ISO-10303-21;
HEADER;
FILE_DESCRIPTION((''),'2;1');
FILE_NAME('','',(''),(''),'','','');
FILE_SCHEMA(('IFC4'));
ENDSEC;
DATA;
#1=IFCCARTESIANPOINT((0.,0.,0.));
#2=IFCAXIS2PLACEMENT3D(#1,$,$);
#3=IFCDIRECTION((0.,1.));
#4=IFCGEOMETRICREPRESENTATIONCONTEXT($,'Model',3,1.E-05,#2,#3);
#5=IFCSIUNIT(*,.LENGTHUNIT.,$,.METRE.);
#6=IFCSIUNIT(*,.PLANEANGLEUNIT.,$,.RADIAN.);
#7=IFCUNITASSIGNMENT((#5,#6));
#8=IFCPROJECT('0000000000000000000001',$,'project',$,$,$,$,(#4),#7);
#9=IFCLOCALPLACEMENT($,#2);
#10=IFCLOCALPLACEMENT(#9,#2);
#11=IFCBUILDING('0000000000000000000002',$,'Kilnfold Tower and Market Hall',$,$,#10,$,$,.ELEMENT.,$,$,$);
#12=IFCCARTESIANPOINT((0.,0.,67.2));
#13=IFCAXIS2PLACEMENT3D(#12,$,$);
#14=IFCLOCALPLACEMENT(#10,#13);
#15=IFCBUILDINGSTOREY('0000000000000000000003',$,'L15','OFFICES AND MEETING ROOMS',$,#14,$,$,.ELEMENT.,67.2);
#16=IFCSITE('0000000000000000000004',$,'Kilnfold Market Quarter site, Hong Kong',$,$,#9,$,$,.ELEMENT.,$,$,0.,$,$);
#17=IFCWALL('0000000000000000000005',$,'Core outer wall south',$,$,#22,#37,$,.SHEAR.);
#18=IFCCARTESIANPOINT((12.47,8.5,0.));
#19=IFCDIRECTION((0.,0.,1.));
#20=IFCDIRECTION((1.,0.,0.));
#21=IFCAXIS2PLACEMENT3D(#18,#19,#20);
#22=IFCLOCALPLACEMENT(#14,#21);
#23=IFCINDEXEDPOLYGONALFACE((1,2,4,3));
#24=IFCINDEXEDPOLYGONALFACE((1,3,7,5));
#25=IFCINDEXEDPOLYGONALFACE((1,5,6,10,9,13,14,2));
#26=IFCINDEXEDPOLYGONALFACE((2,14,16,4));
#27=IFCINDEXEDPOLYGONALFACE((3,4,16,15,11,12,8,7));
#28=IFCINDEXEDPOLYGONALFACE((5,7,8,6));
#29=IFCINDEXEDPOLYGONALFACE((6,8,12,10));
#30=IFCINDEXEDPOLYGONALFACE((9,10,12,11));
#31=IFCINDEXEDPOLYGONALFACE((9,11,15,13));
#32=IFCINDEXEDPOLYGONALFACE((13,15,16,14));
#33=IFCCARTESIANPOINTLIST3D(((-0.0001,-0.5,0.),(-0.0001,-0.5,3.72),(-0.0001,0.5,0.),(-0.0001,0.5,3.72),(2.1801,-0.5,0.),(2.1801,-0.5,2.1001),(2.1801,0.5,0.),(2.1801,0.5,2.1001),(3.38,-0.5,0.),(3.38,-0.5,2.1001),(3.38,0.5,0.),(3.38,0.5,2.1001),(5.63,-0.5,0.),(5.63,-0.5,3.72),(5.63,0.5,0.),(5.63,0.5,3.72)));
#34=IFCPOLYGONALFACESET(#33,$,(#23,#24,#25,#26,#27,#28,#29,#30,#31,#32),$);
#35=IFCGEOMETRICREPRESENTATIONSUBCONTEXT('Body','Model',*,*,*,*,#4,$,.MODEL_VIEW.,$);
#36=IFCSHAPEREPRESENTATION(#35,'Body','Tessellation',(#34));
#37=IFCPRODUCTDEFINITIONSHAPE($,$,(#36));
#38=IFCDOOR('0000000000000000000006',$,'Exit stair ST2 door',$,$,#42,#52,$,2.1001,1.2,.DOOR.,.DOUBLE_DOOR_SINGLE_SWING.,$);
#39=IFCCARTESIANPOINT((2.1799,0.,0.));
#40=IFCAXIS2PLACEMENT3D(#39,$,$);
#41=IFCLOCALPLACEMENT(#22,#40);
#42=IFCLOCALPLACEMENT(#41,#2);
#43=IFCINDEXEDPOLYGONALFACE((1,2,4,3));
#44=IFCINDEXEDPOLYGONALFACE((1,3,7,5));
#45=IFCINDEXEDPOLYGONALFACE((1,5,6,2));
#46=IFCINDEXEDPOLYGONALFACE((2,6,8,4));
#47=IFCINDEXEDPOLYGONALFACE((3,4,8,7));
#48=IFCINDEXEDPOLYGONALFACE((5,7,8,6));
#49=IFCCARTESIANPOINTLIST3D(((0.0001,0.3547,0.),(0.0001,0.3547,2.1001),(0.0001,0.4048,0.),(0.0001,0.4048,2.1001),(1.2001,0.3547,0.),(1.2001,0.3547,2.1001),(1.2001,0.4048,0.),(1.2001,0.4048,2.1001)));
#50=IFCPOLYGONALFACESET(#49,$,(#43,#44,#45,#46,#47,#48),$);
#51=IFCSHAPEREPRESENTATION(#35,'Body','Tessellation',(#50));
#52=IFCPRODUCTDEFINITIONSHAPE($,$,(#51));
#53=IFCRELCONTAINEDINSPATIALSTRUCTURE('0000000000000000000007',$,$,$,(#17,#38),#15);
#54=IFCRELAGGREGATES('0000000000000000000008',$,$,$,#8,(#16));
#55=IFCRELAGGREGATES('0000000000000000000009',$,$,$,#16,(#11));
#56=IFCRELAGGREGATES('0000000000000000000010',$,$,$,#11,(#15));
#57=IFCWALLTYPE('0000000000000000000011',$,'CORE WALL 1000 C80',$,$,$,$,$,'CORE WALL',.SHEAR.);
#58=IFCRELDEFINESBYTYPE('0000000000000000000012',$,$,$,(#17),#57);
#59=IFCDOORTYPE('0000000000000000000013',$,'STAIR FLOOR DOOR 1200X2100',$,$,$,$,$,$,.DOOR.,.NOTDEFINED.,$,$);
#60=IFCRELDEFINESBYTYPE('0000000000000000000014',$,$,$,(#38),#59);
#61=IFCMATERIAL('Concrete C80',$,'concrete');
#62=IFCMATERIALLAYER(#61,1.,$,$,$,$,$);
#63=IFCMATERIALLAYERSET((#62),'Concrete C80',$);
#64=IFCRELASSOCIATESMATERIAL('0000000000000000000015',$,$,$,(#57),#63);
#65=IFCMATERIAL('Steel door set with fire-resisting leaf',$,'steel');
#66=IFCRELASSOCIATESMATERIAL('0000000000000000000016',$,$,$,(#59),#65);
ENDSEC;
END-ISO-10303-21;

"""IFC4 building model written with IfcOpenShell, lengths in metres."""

from ifc_helpers import new_model, si_unit, direction, frame, frame_2d, origin, place, context, subcontext, project, spatial, rectangle, extrude, source, transform, mapped, material, layer, layer_set, type_object, element, fill, save


model = new_model("IFC4")

# Units and contexts
model_context = context("Model", 3, precision=1e-05, world=origin(), true_north=direction((0.0, 1.0)))
body_context = subcontext(model_context, "Body", "Model", "MODEL_VIEW")
ifc_project = project(units=[si_unit("LENGTHUNIT", "METRE"), si_unit("PLANEANGLEUNIT", "RADIAN")], contexts=[model_context])

# Site, building, storey
site_placement = place(None, origin())
site = spatial("IfcSite", under=ifc_project, at=site_placement, Name="Kilnfold Market Quarter site, Hong Kong", CompositionType="ELEMENT", RefElevation=0.0)
building_placement = place(site_placement, origin())
building = spatial("IfcBuilding", under=site, at=building_placement, Name="Kilnfold Tower and Market Hall", CompositionType="ELEMENT")
storey_placement = place(building_placement, frame((0.0, 0.0, 67.2)))
storey = spatial("IfcBuildingStorey", under=building, at=storey_placement, Name="L15", Description="OFFICES AND MEETING ROOMS", CompositionType="ELEMENT", Elevation=67.2)

# Shared definitions
ifc_material_1 = material(Name="Concrete C80", Category="concrete")
ifc_layer_1 = layer(ifc_material_1, 1.0)
ifc_layer_set_1 = layer_set([ifc_layer_1], Name="Concrete C80")
wall_type_1 = type_object("IfcWallType", Name="CORE WALL 1000 C80", ElementType="CORE WALL", PredefinedType="SHEAR", material=ifc_layer_set_1)

# Wall, opening, door
shared_shape_1 = source(origin(), body_context, "Body", "SweptSolid", [
    extrude(rectangle(XDim=5.6301, YDim=1.0, at=frame_2d((2.8149, 0.0))), origin(), (0.0, 0.0, 1.0), 3.72),
])
wall_1_placement = place(storey_placement, frame((12.47, 8.5, 0.0), z_axis=(0.0, 0.0, 1.0), x_axis=(1.0, 0.0, 0.0)))
wall_1 = element("IfcWall", 1, at=wall_1_placement, inside=storey, type_object=wall_type_1, Name="Core outer wall south", PredefinedType="SHEAR", context=body_context, shape_type="MappedRepresentation", body=[
    mapped(shared_shape_1, transform((0.0, 0.0, 0.0))),
])
opening_1_placement = place(wall_1_placement, frame((2.1799, 0.0, 0.0)))
opening_1 = element("IfcOpeningElement", 2, at=opening_1_placement, cuts=wall_1, PredefinedType="OPENING", context=body_context, shape_type="SweptSolid", body=[
    extrude(rectangle(XDim=1.2, YDim=2.1001, at=frame_2d((0.6001, 1.05))), frame((0.0, 0.51, 0.0), z_axis=(0.0, -1.0, 0.0), x_axis=(1.0, 0.0, 0.0)), (0.0, 0.0, 1.0), 1.02),
])
ifc_material_2 = material(Name="Steel door set with fire-resisting leaf", Category="steel")
door_type_1 = type_object("IfcDoorType", Name="STAIR FLOOR DOOR 1200X2100", OperationType="NOTDEFINED", PredefinedType="DOOR", material=ifc_material_2)
door_1_placement = place(opening_1_placement, origin())
door_1 = element("IfcDoor", 3, at=door_1_placement, inside=storey, type_object=door_type_1, Name="Exit stair ST2 door", OperationType="DOUBLE_DOOR_SINGLE_SWING", OverallHeight=2.1001, OverallWidth=1.2, PredefinedType="DOOR", context=body_context, shape_type="SweptSolid", body=[
    extrude(rectangle(XDim=1.2, YDim=2.1001, at=frame_2d((0.6001, 1.05))), frame((0.0, 0.4048, 0.0), z_axis=(0.0, -1.0, 0.0), x_axis=(1.0, 0.0, 0.0)), (0.0, 0.0, 1.0), 0.05),
])
fill(opening_1, door_1)

save(model, "model.ifc")
